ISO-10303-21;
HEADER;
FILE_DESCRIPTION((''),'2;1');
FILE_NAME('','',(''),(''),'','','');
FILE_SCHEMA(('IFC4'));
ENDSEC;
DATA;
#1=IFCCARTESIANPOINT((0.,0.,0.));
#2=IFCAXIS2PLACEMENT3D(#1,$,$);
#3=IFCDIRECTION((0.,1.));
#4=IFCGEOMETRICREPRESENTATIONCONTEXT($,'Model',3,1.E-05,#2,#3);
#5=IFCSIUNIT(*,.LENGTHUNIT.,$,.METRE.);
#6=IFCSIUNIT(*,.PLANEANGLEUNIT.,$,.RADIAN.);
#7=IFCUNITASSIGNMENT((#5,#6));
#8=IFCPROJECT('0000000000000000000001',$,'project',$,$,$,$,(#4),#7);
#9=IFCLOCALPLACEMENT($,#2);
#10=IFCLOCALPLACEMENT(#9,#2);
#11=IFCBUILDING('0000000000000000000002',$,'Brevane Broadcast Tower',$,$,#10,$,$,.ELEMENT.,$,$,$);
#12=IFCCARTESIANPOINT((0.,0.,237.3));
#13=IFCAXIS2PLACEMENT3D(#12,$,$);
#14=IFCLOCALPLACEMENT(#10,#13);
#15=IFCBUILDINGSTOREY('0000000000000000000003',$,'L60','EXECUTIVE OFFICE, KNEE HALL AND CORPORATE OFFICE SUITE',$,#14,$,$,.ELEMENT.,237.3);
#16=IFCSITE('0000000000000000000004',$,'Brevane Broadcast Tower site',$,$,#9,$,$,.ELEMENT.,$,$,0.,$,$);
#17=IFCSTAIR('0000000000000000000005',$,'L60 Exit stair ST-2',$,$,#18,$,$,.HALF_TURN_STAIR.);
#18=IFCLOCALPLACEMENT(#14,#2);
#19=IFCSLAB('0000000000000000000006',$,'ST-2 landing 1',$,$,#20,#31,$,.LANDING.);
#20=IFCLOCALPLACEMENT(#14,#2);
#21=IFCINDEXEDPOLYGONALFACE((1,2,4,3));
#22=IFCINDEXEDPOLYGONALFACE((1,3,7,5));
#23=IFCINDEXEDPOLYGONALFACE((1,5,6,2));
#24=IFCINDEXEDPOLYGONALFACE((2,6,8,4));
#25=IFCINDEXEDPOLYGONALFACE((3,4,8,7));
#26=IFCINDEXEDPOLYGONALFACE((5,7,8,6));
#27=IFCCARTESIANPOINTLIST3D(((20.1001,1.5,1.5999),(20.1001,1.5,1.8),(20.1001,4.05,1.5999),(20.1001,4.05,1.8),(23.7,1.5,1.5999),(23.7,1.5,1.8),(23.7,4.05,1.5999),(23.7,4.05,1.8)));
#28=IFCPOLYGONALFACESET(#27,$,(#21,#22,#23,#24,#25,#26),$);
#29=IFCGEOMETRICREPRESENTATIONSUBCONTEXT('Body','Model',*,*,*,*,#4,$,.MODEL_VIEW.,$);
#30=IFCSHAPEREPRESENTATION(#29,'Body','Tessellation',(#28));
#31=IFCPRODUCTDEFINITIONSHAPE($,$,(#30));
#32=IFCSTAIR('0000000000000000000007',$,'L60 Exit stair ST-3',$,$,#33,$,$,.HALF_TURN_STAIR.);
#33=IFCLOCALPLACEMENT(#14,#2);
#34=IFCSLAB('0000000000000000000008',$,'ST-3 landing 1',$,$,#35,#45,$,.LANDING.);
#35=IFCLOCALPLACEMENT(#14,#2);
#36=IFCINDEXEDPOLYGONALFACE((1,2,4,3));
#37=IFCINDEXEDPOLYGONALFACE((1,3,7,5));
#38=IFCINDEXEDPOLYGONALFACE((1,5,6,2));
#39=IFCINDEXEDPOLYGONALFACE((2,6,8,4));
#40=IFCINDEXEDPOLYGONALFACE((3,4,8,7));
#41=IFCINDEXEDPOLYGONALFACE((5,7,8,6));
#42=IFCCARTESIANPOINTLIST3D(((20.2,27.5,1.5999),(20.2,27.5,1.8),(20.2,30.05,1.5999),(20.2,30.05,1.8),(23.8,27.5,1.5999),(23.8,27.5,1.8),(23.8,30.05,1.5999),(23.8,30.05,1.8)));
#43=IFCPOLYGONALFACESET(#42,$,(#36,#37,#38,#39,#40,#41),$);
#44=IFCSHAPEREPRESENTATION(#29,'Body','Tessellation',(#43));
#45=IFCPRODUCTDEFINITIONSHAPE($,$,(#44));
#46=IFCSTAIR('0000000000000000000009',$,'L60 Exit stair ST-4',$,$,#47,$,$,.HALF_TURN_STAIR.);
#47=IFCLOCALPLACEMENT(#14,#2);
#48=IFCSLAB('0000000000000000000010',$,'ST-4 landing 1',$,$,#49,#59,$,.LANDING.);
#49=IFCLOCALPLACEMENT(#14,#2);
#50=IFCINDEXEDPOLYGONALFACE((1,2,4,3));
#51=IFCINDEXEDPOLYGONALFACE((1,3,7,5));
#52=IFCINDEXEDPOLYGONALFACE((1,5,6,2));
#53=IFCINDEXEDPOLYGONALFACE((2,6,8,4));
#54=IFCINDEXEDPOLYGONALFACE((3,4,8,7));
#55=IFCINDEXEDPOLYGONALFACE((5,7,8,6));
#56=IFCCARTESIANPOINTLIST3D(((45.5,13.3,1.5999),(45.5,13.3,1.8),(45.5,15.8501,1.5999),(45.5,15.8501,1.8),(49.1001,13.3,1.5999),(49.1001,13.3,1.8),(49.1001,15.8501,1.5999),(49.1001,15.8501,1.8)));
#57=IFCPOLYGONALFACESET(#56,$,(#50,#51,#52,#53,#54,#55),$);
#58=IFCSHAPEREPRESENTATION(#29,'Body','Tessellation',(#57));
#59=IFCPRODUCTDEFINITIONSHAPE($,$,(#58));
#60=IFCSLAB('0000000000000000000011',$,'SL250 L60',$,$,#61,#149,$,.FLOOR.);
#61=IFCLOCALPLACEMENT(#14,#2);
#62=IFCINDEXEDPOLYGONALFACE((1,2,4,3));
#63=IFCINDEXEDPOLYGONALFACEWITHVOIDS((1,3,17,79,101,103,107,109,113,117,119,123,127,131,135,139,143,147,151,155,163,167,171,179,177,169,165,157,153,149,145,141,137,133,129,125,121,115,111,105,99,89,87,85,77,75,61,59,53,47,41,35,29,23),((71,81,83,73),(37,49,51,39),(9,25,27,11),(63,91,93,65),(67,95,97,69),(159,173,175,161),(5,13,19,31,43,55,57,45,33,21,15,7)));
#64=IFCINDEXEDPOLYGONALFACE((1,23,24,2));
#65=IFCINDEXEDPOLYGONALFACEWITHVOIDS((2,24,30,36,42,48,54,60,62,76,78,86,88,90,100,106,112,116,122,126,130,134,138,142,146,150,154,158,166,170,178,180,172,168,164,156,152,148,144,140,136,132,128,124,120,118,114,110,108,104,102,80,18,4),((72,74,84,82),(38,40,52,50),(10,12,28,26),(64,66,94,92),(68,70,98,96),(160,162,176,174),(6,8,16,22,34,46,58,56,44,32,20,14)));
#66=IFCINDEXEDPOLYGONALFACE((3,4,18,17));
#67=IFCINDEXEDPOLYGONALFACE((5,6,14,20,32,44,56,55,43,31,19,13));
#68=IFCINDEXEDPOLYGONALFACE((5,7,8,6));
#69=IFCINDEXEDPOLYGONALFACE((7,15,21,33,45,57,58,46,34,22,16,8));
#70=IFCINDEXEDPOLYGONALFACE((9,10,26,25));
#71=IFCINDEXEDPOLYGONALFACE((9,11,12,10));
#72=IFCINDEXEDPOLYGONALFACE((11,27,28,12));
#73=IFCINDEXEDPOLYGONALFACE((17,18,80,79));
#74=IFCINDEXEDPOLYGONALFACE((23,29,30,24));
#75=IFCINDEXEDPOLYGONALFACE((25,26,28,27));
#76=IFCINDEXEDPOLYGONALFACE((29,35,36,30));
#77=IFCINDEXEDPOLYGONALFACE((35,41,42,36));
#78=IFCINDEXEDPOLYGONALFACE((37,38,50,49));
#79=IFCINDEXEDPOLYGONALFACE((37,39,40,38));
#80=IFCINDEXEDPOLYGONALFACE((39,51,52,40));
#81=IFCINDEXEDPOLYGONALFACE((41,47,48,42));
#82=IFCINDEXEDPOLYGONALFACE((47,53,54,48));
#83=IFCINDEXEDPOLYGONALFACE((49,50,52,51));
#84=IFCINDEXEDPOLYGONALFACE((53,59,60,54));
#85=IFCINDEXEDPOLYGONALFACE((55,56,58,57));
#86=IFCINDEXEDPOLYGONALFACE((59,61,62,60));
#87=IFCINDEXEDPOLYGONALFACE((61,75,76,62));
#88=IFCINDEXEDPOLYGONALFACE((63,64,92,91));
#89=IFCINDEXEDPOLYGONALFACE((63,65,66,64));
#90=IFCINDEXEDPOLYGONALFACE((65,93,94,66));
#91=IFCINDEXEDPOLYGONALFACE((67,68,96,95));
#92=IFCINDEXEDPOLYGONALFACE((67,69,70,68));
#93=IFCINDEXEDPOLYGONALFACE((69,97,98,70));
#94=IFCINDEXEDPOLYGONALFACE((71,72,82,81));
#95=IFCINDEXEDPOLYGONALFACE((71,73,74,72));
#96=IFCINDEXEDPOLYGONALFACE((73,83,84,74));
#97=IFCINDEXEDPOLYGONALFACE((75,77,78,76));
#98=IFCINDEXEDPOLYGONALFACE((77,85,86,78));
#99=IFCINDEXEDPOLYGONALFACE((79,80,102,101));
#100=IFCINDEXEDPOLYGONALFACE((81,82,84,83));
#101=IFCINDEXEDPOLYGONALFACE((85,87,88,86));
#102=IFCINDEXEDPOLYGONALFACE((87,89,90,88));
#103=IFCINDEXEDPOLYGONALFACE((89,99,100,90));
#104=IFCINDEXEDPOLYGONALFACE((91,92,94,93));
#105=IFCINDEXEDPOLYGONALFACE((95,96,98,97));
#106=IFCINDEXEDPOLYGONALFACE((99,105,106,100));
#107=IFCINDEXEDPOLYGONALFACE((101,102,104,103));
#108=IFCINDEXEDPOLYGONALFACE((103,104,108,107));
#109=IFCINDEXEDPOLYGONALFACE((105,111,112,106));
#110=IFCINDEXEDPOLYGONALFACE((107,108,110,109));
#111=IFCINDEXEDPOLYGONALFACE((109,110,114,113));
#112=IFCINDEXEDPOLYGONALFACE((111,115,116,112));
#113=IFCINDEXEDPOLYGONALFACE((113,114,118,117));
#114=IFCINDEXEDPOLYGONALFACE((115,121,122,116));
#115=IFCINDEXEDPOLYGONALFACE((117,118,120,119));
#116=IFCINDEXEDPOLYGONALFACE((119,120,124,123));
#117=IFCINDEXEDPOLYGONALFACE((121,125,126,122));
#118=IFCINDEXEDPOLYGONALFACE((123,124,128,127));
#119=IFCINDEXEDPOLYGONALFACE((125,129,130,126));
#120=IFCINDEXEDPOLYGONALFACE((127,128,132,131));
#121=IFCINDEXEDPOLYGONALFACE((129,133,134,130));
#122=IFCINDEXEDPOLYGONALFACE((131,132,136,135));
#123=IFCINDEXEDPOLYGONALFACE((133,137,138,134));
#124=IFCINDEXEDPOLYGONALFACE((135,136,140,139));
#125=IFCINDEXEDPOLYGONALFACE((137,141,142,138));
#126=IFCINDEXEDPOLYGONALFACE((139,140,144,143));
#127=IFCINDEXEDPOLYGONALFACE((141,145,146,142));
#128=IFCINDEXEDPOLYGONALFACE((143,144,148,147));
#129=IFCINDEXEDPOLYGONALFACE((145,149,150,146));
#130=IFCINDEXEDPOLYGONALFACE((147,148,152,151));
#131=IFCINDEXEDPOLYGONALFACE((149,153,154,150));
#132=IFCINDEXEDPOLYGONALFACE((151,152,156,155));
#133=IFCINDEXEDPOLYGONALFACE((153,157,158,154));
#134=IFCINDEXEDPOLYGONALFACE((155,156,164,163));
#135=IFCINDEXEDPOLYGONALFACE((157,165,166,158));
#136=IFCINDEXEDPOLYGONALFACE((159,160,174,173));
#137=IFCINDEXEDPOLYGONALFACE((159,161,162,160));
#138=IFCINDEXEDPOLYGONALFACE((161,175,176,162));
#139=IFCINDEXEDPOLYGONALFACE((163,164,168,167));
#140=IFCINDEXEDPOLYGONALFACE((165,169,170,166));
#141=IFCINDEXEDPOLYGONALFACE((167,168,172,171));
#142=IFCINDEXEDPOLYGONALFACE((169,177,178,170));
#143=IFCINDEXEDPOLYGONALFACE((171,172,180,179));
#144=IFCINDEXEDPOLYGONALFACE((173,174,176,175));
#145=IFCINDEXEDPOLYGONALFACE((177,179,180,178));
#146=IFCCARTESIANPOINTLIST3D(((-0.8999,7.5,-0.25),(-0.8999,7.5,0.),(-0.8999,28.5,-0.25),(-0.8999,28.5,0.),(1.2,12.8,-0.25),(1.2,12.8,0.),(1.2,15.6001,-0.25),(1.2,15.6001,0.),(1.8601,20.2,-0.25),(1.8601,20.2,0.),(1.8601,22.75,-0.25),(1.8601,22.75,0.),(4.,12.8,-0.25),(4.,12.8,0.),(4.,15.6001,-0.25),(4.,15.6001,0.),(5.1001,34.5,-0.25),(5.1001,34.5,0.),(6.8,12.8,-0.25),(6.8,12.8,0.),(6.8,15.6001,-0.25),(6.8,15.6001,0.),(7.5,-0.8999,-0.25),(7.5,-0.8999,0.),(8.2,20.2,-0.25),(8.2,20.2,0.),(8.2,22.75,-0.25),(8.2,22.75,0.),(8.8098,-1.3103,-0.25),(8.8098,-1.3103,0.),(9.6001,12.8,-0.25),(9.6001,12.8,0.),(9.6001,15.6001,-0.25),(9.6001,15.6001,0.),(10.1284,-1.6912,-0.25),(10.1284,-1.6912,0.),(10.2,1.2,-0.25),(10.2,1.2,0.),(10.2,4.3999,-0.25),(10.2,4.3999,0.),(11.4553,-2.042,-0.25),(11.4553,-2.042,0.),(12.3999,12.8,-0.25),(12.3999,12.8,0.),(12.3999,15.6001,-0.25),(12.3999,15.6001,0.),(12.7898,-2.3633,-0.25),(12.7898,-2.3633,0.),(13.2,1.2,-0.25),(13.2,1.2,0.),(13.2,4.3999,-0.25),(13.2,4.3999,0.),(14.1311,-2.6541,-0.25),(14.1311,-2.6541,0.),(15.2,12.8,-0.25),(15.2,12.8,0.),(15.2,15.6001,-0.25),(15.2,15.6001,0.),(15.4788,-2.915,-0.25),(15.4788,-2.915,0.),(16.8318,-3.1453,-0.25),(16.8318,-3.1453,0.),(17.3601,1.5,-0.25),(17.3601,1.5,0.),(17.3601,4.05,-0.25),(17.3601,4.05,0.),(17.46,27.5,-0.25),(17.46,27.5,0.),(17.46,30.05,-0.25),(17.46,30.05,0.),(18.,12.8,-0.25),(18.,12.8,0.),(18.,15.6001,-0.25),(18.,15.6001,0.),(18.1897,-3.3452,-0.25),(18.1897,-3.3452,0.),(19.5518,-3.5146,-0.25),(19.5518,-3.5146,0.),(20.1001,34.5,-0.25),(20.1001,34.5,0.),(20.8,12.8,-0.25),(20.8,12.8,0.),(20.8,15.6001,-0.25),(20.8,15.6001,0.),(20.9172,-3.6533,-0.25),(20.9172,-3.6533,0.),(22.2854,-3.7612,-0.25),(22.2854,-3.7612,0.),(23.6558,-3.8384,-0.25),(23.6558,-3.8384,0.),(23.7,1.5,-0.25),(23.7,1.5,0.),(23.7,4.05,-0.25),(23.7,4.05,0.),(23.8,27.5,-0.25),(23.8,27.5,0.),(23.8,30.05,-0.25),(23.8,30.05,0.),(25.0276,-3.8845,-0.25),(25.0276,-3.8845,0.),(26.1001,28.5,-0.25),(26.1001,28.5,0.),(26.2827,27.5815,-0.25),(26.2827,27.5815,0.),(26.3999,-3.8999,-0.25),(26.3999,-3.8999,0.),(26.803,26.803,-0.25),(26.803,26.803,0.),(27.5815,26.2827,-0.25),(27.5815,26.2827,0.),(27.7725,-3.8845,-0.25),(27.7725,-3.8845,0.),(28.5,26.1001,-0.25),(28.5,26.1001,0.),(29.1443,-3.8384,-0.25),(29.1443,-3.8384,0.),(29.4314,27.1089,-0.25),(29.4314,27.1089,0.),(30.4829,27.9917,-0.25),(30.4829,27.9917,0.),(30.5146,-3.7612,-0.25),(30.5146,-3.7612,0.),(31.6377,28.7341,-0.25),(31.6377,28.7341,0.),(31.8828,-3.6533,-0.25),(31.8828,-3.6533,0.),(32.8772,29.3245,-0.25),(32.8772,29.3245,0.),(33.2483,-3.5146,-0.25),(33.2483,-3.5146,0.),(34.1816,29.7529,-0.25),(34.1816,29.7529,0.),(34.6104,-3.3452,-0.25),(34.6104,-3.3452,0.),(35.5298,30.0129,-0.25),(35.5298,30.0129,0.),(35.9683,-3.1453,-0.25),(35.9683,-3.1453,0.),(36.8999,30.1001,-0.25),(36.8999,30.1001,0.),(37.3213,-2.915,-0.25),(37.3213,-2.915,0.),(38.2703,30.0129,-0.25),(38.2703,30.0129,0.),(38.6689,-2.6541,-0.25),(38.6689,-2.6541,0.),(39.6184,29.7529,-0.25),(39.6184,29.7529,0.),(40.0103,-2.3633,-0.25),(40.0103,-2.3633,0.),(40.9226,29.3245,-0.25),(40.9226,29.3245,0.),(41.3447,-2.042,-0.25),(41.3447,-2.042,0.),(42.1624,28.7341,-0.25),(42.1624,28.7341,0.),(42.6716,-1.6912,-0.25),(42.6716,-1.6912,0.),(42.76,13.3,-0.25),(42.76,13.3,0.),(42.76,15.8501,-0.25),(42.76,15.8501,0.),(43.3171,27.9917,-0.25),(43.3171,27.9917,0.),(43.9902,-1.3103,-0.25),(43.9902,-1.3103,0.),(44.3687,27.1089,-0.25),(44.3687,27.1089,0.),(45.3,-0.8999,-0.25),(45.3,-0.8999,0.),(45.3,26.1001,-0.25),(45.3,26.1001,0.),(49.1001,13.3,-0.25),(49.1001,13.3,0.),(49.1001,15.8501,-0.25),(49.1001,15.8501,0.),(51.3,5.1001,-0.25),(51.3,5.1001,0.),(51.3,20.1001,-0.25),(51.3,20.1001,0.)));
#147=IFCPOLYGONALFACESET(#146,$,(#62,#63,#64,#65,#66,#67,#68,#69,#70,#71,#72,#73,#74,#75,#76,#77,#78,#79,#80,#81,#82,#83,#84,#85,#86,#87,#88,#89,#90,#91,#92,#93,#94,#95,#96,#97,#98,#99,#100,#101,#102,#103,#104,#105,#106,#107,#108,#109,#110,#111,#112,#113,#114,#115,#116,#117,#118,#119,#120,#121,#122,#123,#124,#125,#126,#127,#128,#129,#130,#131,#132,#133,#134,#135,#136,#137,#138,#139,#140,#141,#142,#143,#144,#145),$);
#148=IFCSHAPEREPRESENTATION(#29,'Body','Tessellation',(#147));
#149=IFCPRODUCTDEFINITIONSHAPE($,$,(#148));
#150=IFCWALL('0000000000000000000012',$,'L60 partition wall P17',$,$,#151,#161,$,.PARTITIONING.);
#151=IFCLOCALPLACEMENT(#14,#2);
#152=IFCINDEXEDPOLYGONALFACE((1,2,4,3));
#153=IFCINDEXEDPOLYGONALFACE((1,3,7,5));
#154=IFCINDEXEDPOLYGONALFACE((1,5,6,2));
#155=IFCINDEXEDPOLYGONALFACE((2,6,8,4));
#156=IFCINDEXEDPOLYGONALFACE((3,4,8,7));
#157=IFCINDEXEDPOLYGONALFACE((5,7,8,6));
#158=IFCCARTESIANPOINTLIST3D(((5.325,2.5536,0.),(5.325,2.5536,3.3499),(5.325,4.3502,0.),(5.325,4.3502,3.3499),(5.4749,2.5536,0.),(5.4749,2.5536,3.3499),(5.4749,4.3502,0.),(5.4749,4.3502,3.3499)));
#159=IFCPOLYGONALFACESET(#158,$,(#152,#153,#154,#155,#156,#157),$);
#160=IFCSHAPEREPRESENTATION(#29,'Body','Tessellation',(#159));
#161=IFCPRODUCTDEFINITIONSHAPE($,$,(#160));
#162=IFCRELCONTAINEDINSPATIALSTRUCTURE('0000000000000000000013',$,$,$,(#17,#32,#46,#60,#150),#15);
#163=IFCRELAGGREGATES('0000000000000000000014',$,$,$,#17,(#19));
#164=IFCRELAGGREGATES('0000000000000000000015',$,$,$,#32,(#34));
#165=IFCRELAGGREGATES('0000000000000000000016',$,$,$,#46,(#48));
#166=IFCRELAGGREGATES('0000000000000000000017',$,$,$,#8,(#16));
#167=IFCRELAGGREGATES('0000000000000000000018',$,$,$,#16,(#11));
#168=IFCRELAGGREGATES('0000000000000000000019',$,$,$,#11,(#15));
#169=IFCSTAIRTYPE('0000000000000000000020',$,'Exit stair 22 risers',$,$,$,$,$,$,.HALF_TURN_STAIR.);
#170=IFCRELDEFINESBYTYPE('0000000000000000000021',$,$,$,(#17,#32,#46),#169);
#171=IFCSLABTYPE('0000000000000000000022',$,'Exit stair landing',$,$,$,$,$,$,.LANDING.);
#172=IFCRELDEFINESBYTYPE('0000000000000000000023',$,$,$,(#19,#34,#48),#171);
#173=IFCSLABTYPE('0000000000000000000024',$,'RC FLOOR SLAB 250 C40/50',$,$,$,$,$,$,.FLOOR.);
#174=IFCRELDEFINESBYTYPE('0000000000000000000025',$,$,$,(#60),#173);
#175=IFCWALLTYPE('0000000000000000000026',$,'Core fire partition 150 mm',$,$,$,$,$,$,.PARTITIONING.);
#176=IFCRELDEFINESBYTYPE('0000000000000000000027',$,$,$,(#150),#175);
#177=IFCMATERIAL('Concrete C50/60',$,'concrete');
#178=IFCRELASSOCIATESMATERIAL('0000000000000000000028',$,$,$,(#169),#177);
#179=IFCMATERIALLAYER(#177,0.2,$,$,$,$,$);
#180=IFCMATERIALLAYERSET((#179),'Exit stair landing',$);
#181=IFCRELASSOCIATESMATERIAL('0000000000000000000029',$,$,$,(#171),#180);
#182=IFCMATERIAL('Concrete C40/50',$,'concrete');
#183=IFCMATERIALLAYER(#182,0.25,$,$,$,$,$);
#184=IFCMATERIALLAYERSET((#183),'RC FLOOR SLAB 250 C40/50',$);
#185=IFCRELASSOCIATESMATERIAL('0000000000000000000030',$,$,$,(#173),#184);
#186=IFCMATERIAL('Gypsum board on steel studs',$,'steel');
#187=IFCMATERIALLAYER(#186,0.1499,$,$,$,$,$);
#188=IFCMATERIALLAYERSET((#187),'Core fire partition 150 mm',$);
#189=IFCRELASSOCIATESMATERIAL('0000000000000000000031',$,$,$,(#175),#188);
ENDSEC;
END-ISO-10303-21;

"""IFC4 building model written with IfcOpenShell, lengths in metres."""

from ifc_helpers import new_model, si_unit, direction, frame, frame_2d, origin, place, context, subcontext, project, spatial, polyline, rectangle, outline, extrude, material, layer, layer_set, type_object, element, aggregate, save


model = new_model("IFC4")

# Units and contexts
model_context = context("Model", 3, precision=1e-05, world=origin(), true_north=direction((0.0, 1.0)))
body_context = subcontext(model_context, "Body", "Model", "MODEL_VIEW")
ifc_project = project(units=[si_unit("LENGTHUNIT", "METRE"), si_unit("PLANEANGLEUNIT", "RADIAN")], contexts=[model_context])

# Site, building, storey
site_placement = place(None, origin())
site = spatial("IfcSite", under=ifc_project, at=site_placement, Name="Brevane Broadcast Tower site", CompositionType="ELEMENT", RefElevation=0.0)
building_placement = place(site_placement, origin())
building = spatial("IfcBuilding", under=site, at=building_placement, Name="Brevane Broadcast Tower", CompositionType="ELEMENT")
storey_placement = place(building_placement, frame((0.0, 0.0, 237.3)))
storey = spatial("IfcBuildingStorey", under=building, at=storey_placement, Name="L60", Description="EXECUTIVE OFFICE, KNEE HALL AND CORPORATE OFFICE SUITE", CompositionType="ELEMENT", Elevation=237.3)

# Stairs, slabs
ifc_material_1 = material(Name="Concrete C50/60", Category="concrete")
stair_type = type_object("IfcStairType", Name="Exit stair 22 risers", PredefinedType="HALF_TURN_STAIR", material=ifc_material_1)
ifc_layer_1 = layer(ifc_material_1, 0.2)
ifc_layer_set_1 = layer_set([ifc_layer_1], Name="Exit stair landing")
slab_type_1 = type_object("IfcSlabType", Name="Exit stair landing", PredefinedType="LANDING", material=ifc_layer_set_1)
stair_1_placement = place(storey_placement, origin())
stair_1 = element("IfcStair", 1, at=stair_1_placement, inside=storey, type_object=stair_type, Name="L60 Exit stair ST-2", PredefinedType="HALF_TURN_STAIR")
slab_1_placement = place(storey_placement, frame((0.0, 0.0, 1.5999)))
slab_1 = element("IfcSlab", 2, at=slab_1_placement, type_object=slab_type_1, Name="ST-2 landing 1", PredefinedType="LANDING", context=body_context, shape_type="SweptSolid", body=[
    extrude(outline(polyline([(20.1001, 1.5), (23.7, 1.5), (23.7, 4.05), (20.1001, 4.05), (20.1001, 1.5)])), origin(), (0.0, 0.0, 1.0), 0.2002),
])
aggregate(stair_1, [slab_1])
stair_2_placement = place(storey_placement, origin())
stair_2 = element("IfcStair", 3, at=stair_2_placement, inside=storey, type_object=stair_type, Name="L60 Exit stair ST-3", PredefinedType="HALF_TURN_STAIR")
slab_2_placement = place(storey_placement, frame((0.0, 0.0, 1.5999)))
slab_2 = element("IfcSlab", 4, at=slab_2_placement, type_object=slab_type_1, Name="ST-3 landing 1", PredefinedType="LANDING", context=body_context, shape_type="SweptSolid", body=[
    extrude(outline(polyline([(20.2, 27.5), (23.8, 27.5), (23.8, 30.05), (20.2, 30.05), (20.2, 27.5)])), origin(), (0.0, 0.0, 1.0), 0.2002),
])
aggregate(stair_2, [slab_2])
stair_3_placement = place(storey_placement, origin())
stair_3 = element("IfcStair", 5, at=stair_3_placement, inside=storey, type_object=stair_type, Name="L60 Exit stair ST-4", PredefinedType="HALF_TURN_STAIR")
slab_3_placement = place(storey_placement, frame((0.0, 0.0, 1.5999)))
slab_3 = element("IfcSlab", 6, at=slab_3_placement, type_object=slab_type_1, Name="ST-4 landing 1", PredefinedType="LANDING", context=body_context, shape_type="SweptSolid", body=[
    extrude(outline(polyline([(45.5, 13.3), (49.1001, 13.3), (49.1001, 15.8501), (45.5, 15.8501), (45.5, 13.3)])), origin(), (0.0, 0.0, 1.0), 0.2002),
])
aggregate(stair_3, [slab_3])

# Slab
ifc_material_2 = material(Name="Concrete C40/50", Category="concrete")
ifc_layer_2 = layer(ifc_material_2, 0.25)
ifc_layer_set_2 = layer_set([ifc_layer_2], Name="RC FLOOR SLAB 250 C40/50")
slab_type_2 = type_object("IfcSlabType", Name="RC FLOOR SLAB 250 C40/50", PredefinedType="FLOOR", material=ifc_layer_set_2)
slab_4_placement = place(storey_placement, frame((0.0, 0.0, -0.25)))
element("IfcSlab", 7, at=slab_4_placement, inside=storey, type_object=slab_type_2, Name="SL250 L60", PredefinedType="FLOOR", context=body_context, shape_type="SweptSolid", body=[
    extrude(outline(polyline([(-0.8999, 7.5), (-0.8999, 28.5), (5.1001, 34.5), (20.1001, 34.5), (26.1001, 28.5), (26.2827, 27.5815), (26.803, 26.803), (27.5815, 26.2827), (28.5, 26.1001), (29.4314, 27.1089), (30.4829, 27.9917), (31.6377, 28.7341), (32.8772, 29.3245), (34.1816, 29.7529), (35.5298, 30.0129), (36.8999, 30.1001), (38.2703, 30.0129), (39.6184, 29.7529), (40.9226, 29.3245), (42.1624, 28.7341), (43.3171, 27.9917), (44.3687, 27.1089), (45.3, 26.1001), (51.3, 20.1001), (51.3, 5.1001), (45.3, -0.8999), (43.9902, -1.3103), (42.6716, -1.6912), (41.3447, -2.042), (40.0103, -2.3633), (38.6689, -2.6541), (37.3213, -2.915), (35.9683, -3.1453), (34.6104, -3.3452), (33.2483, -3.5146), (31.8828, -3.6533), (30.5146, -3.7612), (29.1443, -3.8384), (27.7725, -3.8845), (26.3999, -3.8999), (25.0276, -3.8845), (23.6558, -3.8384), (22.2854, -3.7612), (20.9172, -3.6533), (19.5518, -3.5146), (18.1897, -3.3452), (16.8318, -3.1453), (15.4788, -2.915), (14.1311, -2.6541), (12.7898, -2.3633), (11.4553, -2.042), (10.1284, -1.6912), (8.8098, -1.3103), (7.5, -0.8999), (-0.8999, 7.5)]), holes=[polyline([(13.2, 4.3999), (10.2, 4.3999), (10.2, 1.2), (13.2, 1.2), (13.2, 4.3999)]), polyline([(4.0, 15.6001), (1.2, 15.6001), (1.2, 12.8), (4.0, 12.8), (6.8, 12.8), (9.6001, 12.8), (12.3999, 12.8), (15.2, 12.8), (15.2, 15.6001), (12.3999, 15.6001), (9.6001, 15.6001), (6.8, 15.6001), (4.0, 15.6001)]), polyline([(1.8601, 22.75), (1.8601, 20.2), (8.2, 20.2), (8.2, 22.75), (1.8601, 22.75)]), polyline([(23.7, 4.05), (17.3601, 4.05), (17.3601, 1.5), (23.7, 1.5), (23.7, 4.05)]), polyline([(20.8, 15.6001), (18.0, 15.6001), (18.0, 12.8), (20.8, 12.8), (20.8, 15.6001)]), polyline([(49.1001, 15.8501), (42.76, 15.8501), (42.76, 13.3), (49.1001, 13.3), (49.1001, 15.8501)]), polyline([(23.8, 30.05), (17.46, 30.05), (17.46, 27.5), (23.8, 27.5), (23.8, 30.05)])]), origin(), (0.0, 0.0, 1.0), 0.25),
])

# Wall
ifc_material_3 = material(Name="Gypsum board on steel studs", Category="steel")
ifc_layer_3 = layer(ifc_material_3, 0.1499)
ifc_layer_set_3 = layer_set([ifc_layer_3], Name="Core fire partition 150 mm")
wall_type_1 = type_object("IfcWallType", Name="Core fire partition 150 mm", PredefinedType="PARTITIONING", material=ifc_layer_set_3)
wall_1_placement = place(storey_placement, frame((5.3999, 2.5535, 0.0), z_axis=(0.0, 0.0, 1.0), x_axis=(0.0, 1.0, 0.0)))
element("IfcWall", 8, at=wall_1_placement, inside=storey, type_object=wall_type_1, Name="L60 partition wall P17", PredefinedType="PARTITIONING", context=body_context, shape_type="SweptSolid", body=[
    extrude(rectangle(XDim=1.7966, YDim=0.1499, at=frame_2d((0.8984, 0.0))), origin(), (0.0, 0.0, 1.0), 3.3499),
])

save(model, "model.ifc")
